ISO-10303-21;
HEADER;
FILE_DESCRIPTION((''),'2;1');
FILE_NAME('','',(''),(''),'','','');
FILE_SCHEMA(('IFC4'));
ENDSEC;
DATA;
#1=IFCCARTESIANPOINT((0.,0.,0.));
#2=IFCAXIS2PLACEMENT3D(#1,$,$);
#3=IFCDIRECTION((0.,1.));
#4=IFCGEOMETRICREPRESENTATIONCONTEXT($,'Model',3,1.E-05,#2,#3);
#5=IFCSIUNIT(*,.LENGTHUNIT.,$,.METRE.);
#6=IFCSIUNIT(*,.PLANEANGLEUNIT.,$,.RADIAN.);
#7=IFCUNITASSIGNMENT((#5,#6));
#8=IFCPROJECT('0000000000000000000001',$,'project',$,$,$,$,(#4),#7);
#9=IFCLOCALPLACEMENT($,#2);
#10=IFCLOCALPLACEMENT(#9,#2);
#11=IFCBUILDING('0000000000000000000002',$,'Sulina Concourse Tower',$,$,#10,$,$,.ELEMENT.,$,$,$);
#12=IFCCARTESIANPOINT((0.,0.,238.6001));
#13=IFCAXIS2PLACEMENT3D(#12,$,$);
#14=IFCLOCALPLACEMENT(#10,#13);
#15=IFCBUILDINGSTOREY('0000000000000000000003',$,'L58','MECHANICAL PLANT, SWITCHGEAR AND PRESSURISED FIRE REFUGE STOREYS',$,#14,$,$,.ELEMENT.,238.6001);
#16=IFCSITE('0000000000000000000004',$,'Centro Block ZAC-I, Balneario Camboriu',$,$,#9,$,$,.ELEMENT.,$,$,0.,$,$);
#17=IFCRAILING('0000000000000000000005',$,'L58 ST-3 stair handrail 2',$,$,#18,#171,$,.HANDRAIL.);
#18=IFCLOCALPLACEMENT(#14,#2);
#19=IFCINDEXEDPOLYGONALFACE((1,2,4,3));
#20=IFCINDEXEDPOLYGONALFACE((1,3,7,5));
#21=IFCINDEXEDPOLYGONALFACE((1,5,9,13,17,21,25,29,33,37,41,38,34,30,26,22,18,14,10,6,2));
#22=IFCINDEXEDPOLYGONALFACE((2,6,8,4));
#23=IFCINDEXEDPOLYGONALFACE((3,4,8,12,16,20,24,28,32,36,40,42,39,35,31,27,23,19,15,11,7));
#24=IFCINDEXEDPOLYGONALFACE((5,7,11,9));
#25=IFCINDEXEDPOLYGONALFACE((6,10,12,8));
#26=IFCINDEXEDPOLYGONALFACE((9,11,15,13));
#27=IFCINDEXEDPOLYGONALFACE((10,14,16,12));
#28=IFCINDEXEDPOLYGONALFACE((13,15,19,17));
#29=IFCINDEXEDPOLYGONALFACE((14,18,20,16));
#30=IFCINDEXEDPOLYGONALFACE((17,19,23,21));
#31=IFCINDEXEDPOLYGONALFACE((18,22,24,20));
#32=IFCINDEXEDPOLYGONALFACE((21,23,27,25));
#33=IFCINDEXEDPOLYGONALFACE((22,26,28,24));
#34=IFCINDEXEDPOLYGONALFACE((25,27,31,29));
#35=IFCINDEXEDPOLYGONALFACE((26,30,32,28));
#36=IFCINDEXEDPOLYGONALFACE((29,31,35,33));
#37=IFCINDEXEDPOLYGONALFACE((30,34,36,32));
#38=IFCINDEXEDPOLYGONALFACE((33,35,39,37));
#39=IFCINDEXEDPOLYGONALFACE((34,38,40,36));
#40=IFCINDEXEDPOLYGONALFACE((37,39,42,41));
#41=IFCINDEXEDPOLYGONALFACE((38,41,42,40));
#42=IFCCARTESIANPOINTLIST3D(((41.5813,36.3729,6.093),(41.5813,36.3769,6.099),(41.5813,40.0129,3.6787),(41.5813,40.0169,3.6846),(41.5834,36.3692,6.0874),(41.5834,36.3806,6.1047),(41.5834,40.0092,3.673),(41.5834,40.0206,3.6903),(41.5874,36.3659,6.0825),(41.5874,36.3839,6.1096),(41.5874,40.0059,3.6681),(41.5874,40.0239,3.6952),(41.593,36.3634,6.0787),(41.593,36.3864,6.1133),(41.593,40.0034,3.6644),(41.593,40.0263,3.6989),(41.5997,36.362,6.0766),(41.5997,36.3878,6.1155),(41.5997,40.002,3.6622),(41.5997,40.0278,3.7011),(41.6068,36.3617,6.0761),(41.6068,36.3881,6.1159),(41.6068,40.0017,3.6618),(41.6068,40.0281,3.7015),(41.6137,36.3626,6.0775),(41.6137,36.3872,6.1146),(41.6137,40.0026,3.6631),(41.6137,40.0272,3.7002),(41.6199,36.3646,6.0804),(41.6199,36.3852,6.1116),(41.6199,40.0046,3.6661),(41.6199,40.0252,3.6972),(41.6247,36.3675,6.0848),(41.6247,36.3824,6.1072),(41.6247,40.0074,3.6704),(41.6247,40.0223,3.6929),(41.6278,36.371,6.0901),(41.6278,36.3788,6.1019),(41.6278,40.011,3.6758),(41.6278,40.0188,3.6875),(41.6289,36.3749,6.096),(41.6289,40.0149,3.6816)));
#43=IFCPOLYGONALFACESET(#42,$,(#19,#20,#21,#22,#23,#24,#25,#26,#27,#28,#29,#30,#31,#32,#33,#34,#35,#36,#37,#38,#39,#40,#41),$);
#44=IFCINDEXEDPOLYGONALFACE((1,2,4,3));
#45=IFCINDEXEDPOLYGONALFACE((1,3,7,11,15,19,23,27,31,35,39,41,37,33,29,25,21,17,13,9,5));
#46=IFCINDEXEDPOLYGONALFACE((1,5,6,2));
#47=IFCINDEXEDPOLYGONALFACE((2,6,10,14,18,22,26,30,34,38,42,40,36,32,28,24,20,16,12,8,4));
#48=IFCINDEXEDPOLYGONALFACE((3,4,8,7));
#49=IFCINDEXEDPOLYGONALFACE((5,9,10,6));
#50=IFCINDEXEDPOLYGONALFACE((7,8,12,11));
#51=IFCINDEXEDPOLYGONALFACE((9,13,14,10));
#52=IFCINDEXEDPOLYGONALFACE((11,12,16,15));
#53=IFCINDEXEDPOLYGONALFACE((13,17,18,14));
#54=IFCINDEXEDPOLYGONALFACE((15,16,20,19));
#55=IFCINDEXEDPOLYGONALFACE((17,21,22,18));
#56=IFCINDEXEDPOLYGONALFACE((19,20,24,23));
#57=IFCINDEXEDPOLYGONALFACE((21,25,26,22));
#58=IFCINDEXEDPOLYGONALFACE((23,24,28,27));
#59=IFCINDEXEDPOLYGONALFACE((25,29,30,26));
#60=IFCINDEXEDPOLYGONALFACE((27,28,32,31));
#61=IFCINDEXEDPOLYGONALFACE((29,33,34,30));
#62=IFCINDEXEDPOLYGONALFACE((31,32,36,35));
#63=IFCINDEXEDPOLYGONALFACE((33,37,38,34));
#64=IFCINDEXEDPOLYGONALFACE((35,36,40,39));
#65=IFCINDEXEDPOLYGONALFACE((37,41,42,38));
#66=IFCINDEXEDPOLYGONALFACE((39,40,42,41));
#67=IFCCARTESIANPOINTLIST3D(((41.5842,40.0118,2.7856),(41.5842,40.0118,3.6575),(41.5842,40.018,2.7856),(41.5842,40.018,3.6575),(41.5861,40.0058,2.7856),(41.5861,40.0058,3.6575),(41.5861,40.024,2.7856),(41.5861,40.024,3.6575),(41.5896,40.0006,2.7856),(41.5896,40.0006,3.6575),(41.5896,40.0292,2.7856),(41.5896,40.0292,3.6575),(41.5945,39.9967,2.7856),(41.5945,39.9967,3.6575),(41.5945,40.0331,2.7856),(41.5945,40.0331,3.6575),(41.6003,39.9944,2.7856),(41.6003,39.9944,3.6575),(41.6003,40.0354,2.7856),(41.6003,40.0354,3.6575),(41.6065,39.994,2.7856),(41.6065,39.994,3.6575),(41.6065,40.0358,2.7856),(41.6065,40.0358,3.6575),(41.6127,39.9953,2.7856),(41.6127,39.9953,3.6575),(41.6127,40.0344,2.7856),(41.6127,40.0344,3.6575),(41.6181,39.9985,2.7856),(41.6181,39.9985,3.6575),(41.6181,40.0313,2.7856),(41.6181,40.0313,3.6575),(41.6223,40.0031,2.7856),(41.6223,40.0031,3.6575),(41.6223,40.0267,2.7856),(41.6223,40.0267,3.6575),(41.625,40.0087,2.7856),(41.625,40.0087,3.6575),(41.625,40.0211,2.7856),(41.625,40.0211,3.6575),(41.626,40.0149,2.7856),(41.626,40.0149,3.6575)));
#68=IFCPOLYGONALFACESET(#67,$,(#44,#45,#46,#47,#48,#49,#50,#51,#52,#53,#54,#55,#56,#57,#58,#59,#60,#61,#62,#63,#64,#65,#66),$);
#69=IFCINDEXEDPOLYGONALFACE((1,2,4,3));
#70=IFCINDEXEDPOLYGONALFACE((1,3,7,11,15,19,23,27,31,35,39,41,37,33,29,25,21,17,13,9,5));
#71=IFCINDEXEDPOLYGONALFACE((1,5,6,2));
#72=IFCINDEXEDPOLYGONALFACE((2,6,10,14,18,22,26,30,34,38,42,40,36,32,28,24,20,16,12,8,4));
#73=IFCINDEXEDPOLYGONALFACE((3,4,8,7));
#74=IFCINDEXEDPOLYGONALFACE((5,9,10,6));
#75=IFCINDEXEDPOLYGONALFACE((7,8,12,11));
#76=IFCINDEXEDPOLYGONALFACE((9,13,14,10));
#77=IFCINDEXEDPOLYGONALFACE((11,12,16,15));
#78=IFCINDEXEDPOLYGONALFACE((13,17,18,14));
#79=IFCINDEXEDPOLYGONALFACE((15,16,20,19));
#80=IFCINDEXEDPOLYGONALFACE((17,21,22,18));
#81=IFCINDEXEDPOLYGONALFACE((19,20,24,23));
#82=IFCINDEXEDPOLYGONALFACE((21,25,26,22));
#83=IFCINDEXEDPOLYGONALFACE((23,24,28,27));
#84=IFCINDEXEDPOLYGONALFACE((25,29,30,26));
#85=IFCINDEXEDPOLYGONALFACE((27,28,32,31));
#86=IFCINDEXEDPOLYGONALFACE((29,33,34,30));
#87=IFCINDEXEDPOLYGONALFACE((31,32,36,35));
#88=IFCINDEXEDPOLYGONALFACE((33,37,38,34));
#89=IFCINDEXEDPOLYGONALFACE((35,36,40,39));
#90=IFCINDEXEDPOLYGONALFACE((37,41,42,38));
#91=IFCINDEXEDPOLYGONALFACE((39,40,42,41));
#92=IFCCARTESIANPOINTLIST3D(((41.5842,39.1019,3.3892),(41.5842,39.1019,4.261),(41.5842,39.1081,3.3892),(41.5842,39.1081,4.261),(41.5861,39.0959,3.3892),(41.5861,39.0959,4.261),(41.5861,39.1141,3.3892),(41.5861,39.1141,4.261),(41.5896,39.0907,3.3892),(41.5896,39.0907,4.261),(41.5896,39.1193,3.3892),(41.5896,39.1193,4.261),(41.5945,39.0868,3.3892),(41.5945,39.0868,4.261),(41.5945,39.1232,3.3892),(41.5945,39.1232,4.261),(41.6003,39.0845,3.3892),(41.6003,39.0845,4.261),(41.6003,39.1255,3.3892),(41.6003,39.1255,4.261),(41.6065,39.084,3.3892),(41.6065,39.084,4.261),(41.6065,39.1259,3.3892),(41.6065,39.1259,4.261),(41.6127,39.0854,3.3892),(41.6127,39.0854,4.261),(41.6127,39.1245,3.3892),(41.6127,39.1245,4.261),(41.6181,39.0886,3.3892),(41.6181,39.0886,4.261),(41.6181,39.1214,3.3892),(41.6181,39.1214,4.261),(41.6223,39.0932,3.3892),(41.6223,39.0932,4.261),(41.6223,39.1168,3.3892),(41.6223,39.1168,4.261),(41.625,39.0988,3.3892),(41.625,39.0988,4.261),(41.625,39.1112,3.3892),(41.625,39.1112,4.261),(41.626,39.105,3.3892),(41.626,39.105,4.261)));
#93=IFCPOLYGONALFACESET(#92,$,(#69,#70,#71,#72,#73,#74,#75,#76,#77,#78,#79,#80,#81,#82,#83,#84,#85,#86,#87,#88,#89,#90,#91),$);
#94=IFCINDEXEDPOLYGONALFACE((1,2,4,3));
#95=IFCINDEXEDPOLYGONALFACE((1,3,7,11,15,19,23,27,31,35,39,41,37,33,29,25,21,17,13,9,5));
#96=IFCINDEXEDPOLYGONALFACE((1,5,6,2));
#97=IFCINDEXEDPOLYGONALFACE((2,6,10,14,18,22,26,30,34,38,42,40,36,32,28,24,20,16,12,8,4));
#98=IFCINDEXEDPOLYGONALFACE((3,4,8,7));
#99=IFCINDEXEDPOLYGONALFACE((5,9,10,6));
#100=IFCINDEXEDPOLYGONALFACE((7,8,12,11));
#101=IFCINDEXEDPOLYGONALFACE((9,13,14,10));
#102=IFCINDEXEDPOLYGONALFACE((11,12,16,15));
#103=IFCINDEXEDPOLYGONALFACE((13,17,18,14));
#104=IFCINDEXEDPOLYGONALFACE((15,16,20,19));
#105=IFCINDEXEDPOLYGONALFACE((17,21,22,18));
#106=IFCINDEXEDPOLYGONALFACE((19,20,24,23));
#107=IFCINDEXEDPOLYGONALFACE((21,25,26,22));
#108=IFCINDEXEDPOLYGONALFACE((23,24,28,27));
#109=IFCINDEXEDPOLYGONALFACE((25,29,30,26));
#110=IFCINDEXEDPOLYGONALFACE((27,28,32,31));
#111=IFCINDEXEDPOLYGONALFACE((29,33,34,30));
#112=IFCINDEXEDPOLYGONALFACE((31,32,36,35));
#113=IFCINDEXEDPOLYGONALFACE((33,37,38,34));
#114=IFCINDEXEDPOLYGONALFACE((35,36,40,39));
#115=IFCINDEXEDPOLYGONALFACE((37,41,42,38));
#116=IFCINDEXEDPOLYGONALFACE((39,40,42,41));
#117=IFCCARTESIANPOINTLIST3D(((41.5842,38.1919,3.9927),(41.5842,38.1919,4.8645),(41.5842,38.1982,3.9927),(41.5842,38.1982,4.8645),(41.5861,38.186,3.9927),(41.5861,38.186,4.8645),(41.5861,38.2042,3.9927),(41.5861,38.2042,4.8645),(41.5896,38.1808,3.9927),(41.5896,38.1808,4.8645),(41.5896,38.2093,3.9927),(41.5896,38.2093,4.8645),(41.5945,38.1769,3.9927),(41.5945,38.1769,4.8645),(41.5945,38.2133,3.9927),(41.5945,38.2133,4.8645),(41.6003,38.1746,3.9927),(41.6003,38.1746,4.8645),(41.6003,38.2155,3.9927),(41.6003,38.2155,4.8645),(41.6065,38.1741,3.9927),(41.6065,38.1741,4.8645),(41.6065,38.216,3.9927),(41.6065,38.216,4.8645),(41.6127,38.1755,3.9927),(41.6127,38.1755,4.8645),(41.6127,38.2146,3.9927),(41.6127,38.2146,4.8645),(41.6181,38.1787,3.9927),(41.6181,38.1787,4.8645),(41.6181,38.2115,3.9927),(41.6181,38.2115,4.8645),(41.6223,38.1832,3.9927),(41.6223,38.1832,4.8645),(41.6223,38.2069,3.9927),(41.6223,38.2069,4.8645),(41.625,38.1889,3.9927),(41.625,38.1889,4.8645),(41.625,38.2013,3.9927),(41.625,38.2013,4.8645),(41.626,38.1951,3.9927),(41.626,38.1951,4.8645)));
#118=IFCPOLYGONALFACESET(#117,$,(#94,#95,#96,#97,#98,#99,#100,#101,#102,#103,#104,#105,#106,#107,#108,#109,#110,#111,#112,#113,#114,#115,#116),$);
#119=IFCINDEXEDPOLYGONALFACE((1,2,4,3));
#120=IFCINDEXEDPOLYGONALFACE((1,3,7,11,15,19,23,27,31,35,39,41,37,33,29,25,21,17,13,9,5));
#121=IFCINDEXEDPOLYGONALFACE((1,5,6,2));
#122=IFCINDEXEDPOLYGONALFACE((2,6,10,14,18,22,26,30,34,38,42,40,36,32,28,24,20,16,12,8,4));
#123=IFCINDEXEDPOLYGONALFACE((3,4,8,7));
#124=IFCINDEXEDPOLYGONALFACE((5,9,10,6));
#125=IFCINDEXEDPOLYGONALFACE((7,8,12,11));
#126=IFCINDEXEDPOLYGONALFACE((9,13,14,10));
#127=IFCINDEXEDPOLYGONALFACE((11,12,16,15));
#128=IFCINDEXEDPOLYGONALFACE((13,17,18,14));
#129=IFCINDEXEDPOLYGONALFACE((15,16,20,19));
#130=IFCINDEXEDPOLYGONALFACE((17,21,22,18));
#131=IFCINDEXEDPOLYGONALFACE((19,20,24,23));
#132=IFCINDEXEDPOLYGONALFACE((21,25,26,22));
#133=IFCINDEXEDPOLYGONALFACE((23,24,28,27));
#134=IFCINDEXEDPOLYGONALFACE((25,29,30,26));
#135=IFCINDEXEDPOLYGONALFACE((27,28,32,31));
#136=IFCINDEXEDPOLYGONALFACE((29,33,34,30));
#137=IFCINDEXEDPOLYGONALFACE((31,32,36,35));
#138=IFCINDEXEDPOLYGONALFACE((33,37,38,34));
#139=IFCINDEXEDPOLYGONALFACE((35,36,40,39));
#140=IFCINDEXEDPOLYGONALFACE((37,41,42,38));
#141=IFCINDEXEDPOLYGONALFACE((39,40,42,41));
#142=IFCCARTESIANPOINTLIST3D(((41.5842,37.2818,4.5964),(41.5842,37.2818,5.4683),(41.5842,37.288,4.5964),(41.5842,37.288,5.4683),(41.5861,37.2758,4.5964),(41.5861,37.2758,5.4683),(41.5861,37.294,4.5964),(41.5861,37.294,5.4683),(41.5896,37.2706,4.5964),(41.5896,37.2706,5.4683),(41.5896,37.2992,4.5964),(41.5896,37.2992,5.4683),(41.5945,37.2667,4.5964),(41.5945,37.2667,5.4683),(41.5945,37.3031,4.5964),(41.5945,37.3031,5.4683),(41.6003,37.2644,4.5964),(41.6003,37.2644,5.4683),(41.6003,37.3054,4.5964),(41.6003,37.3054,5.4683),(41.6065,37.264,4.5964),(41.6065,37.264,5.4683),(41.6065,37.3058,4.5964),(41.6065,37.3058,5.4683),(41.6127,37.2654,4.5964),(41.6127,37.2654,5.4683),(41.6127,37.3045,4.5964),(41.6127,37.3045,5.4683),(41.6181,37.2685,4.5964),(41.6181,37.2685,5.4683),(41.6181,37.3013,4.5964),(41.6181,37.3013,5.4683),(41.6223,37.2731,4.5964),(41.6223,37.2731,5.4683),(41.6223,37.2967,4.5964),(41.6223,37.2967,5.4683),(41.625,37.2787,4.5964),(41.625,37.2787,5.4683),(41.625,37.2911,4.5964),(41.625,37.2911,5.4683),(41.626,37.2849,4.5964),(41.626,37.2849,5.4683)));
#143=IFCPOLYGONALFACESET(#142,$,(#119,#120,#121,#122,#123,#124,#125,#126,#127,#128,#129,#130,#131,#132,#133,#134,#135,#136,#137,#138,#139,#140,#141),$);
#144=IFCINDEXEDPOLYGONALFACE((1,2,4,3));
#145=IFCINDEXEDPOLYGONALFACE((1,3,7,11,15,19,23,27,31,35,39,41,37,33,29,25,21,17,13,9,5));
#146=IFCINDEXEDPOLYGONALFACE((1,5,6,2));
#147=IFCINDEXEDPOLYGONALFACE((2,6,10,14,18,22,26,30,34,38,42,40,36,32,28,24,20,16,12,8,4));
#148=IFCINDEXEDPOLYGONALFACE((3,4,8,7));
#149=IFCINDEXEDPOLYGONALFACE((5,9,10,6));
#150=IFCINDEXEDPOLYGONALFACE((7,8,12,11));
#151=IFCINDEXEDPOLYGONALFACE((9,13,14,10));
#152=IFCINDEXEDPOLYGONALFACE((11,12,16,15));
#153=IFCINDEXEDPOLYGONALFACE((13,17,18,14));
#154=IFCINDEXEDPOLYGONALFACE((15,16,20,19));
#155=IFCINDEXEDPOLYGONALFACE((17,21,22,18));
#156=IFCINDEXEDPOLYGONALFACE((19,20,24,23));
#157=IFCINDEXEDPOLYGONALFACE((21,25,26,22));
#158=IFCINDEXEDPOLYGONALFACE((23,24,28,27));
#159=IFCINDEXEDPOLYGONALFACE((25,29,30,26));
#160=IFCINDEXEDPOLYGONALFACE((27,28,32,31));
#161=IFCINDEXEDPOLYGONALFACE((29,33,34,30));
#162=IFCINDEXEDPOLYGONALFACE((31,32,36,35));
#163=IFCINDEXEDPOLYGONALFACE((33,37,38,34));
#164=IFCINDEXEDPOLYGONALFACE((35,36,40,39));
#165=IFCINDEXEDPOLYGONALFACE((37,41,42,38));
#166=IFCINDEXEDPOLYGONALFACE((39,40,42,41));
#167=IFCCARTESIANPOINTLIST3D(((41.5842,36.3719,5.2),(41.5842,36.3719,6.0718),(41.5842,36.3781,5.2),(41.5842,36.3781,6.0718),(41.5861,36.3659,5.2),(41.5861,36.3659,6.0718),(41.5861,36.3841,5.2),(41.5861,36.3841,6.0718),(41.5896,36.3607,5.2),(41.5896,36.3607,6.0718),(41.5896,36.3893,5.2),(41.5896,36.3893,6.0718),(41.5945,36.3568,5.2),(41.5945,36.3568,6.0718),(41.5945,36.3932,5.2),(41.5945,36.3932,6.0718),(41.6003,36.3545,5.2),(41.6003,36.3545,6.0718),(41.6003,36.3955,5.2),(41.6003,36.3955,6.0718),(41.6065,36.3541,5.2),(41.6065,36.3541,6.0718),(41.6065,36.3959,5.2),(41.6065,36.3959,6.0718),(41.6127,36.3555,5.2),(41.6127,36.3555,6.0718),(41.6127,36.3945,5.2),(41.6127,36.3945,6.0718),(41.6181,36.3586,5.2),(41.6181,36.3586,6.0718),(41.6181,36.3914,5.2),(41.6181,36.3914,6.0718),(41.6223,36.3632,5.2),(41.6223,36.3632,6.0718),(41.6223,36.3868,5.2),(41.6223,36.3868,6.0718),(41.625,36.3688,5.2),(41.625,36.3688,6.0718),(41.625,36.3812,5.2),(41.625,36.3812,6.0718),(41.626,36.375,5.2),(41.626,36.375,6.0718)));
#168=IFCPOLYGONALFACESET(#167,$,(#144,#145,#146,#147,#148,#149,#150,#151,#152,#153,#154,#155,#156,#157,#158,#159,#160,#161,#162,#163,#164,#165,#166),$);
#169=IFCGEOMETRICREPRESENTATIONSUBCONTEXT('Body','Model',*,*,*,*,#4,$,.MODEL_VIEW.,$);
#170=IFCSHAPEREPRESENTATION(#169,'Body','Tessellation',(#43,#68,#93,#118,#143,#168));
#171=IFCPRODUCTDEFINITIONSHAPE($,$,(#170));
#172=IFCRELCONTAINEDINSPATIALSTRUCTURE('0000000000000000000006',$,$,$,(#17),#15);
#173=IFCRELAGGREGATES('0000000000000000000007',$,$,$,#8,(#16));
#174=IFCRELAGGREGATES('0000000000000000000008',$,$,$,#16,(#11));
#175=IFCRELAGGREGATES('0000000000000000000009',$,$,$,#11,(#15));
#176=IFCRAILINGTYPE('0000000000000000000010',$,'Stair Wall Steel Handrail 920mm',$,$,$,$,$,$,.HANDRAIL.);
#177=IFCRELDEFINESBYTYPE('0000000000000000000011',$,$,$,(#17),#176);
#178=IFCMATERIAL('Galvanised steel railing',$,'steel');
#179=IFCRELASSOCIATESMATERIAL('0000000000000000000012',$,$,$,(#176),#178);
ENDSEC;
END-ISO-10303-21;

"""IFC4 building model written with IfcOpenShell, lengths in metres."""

from ifc_helpers import new_model, si_unit, direction, frame, origin, origin_2d, place, context, subcontext, project, spatial, circle, extrude, material, type_object, element, save


model = new_model("IFC4")

# Units and contexts
model_context = context("Model", 3, precision=1e-05, world=origin(), true_north=direction((0.0, 1.0)))
body_context = subcontext(model_context, "Body", "Model", "MODEL_VIEW")
ifc_project = project(units=[si_unit("LENGTHUNIT", "METRE"), si_unit("PLANEANGLEUNIT", "RADIAN")], contexts=[model_context])

# Site, building, storey
site_placement = place(None, origin())
site = spatial("IfcSite", under=ifc_project, at=site_placement, Name="Centro Block ZAC-I, Balneario Camboriu", CompositionType="ELEMENT", RefElevation=0.0)
building_placement = place(site_placement, origin())
building = spatial("IfcBuilding", under=site, at=building_placement, Name="Sulina Concourse Tower", CompositionType="ELEMENT")
storey_placement = place(building_placement, frame((0.0, 0.0, 238.6001)))
storey = spatial("IfcBuildingStorey", under=building, at=storey_placement, Name="L58", Description="MECHANICAL PLANT, SWITCHGEAR AND PRESSURISED FIRE REFUGE STOREYS", CompositionType="ELEMENT", Elevation=238.6001)

# Railing
ifc_material_1 = material(Name="Galvanised steel railing", Category="steel")
railing_type_1 = type_object("IfcRailingType", Name="Stair Wall Steel Handrail 920mm", PredefinedType="HANDRAIL", material=ifc_material_1)
railing_1_placement = place(storey_placement, frame((41.605, 40.0149, 2.7856)))
element("IfcRailing", 1, at=railing_1_placement, inside=storey, type_object=railing_type_1, Name="L58 ST-3 stair handrail 2", PredefinedType="HANDRAIL", context=body_context, shape_type="SweptSolid", body=[
    extrude(circle(Radius=0.0239, at=origin_2d()), frame((0.0, 0.0, 0.896), z_axis=(0.0, -0.833347, 0.552751), x_axis=(1.0, 0.0, 0.0)), (0.0, 0.0, 1.0), 4.3679),
    extrude(circle(Radius=0.021, at=origin_2d()), origin(), (0.0, 0.0, 1.0), 0.8718),
    extrude(circle(Radius=0.021, at=origin_2d()), frame((0.0, -0.9099, 0.6035)), (0.0, 0.0, 1.0), 0.8718),
    extrude(circle(Radius=0.021, at=origin_2d()), frame((0.0, -1.8198, 1.207)), (0.0, 0.0, 1.0), 0.8718),
    extrude(circle(Radius=0.021, at=origin_2d()), frame((0.0, -2.73, 1.8108)), (0.0, 0.0, 1.0), 0.8718),
    extrude(circle(Radius=0.021, at=origin_2d()), frame((0.0, -3.6399, 2.4143)), (0.0, 0.0, 1.0), 0.8718),
])

save(model, "model.ifc")
